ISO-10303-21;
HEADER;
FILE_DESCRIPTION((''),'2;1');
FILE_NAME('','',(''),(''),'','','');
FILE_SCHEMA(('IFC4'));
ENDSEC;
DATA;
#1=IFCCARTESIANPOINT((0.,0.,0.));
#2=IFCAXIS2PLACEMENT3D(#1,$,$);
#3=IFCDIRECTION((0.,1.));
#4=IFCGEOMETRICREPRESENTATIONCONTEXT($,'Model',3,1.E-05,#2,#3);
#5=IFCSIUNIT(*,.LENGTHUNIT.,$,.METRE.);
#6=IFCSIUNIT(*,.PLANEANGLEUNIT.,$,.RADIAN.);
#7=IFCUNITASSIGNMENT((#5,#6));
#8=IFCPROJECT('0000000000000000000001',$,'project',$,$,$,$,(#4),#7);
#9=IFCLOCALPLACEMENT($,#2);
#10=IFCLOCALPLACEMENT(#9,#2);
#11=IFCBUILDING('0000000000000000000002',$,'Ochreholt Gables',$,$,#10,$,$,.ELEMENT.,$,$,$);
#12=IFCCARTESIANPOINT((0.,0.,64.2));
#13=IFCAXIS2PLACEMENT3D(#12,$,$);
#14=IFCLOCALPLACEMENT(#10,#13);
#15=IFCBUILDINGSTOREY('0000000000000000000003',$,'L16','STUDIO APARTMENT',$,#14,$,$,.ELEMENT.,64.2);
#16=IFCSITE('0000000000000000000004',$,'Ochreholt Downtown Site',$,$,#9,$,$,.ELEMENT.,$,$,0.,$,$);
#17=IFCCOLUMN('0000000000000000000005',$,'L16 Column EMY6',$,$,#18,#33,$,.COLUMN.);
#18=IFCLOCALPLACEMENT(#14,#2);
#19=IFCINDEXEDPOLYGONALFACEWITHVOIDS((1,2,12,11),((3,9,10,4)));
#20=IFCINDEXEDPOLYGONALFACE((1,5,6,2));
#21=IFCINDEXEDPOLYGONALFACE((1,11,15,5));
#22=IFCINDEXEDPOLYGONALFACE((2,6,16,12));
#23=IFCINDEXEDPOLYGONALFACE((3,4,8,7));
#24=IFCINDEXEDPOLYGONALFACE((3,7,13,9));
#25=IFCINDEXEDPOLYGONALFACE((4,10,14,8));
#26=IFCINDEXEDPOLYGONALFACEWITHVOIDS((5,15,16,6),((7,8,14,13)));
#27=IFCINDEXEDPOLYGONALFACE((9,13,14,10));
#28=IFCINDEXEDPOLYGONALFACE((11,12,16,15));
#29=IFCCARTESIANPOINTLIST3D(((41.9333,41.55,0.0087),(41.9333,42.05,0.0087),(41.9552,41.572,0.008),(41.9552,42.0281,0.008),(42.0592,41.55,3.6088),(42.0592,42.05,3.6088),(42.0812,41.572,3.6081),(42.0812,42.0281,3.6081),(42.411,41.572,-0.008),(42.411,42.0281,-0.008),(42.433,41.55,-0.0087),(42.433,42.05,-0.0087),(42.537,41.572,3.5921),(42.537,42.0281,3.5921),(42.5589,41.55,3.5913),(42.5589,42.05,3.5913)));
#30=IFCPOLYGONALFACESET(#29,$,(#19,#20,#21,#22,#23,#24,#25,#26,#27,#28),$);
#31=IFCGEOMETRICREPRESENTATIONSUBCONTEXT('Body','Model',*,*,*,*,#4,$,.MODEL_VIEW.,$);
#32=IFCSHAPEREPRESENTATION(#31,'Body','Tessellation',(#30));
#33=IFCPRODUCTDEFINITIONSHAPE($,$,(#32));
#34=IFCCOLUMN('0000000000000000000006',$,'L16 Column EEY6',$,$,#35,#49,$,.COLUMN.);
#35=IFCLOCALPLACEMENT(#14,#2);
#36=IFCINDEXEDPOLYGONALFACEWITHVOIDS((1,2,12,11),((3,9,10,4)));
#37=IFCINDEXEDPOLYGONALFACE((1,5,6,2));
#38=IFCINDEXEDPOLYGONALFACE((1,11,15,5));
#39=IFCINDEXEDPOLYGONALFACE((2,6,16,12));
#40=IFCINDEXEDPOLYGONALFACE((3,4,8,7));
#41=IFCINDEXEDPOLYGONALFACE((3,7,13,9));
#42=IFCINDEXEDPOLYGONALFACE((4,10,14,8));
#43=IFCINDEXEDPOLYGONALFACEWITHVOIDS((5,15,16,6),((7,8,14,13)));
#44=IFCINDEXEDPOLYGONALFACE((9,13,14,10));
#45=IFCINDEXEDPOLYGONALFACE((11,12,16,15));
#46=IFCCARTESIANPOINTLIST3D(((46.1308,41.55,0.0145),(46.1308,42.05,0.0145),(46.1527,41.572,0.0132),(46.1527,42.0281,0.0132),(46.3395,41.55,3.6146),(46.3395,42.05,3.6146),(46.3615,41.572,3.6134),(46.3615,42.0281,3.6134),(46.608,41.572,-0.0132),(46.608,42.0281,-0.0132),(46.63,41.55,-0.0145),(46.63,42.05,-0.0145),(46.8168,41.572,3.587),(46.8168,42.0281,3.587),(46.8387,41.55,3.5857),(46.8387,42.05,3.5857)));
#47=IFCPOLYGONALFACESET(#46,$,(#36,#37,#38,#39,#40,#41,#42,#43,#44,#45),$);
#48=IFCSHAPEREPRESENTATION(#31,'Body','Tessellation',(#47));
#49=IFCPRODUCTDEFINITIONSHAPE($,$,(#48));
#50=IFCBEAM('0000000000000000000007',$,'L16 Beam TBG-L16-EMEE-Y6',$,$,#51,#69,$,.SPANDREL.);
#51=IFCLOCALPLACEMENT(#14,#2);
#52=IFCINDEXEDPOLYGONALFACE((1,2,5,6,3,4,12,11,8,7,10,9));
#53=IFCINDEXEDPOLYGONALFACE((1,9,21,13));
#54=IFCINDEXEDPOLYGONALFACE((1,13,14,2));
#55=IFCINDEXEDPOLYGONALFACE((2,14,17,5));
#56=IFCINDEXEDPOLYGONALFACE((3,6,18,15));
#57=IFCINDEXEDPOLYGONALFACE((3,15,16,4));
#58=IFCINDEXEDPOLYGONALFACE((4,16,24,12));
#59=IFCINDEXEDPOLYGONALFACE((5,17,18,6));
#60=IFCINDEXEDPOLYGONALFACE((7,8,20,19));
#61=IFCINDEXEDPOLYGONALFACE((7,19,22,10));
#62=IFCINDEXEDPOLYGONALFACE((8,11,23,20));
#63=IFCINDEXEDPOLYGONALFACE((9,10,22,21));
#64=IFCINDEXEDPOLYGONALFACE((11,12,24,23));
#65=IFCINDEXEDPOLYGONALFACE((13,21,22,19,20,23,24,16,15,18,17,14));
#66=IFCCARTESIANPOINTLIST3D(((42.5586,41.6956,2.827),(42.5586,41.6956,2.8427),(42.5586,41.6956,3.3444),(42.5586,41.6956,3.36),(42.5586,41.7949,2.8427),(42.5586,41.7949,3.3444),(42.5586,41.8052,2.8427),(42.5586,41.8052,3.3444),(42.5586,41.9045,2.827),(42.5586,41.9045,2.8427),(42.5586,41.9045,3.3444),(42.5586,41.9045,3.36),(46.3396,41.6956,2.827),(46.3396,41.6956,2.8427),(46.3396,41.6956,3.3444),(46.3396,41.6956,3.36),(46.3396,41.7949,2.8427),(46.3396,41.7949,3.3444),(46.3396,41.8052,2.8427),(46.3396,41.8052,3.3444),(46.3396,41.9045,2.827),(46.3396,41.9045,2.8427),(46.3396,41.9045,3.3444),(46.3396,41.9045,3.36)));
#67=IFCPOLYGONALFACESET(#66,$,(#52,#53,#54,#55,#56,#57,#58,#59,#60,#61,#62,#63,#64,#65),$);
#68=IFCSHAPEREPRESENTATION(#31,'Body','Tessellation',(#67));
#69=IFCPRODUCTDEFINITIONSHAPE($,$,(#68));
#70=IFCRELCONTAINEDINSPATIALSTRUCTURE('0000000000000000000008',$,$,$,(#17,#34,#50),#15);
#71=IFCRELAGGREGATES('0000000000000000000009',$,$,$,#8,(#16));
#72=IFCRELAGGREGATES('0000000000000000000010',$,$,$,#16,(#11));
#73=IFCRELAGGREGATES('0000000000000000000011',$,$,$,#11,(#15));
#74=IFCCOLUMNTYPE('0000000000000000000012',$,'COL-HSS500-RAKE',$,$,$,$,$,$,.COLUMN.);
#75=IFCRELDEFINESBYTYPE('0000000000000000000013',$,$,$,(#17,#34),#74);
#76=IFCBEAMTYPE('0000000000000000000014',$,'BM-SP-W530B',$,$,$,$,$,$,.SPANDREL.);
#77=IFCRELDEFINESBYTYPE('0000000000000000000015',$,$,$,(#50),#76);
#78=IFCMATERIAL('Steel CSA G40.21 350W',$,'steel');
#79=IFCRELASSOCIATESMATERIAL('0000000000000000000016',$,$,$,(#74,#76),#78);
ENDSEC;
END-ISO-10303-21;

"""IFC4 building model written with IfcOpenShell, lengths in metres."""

from ifc_helpers import new_model, si_unit, direction, frame, origin, origin_2d, place, context, subcontext, project, spatial, hollow_rectangle, i_section, extrude, material, material_profile, profile_set, type_object, element, save


model = new_model("IFC4")

# Units and contexts
model_context = context("Model", 3, precision=1e-05, world=origin(), true_north=direction((0.0, 1.0)))
body_context = subcontext(model_context, "Body", "Model", "MODEL_VIEW")
ifc_project = project(units=[si_unit("LENGTHUNIT", "METRE"), si_unit("PLANEANGLEUNIT", "RADIAN")], contexts=[model_context])

# Site, building, storey
site_placement = place(None, origin())
site = spatial("IfcSite", under=ifc_project, at=site_placement, Name="Ochreholt Downtown Site", CompositionType="ELEMENT", RefElevation=0.0)
building_placement = place(site_placement, origin())
building = spatial("IfcBuilding", under=site, at=building_placement, Name="Ochreholt Gables", CompositionType="ELEMENT")
storey_placement = place(building_placement, frame((0.0, 0.0, 64.2)))
storey = spatial("IfcBuildingStorey", under=building, at=storey_placement, Name="L16", Description="STUDIO APARTMENT", CompositionType="ELEMENT", Elevation=64.2)

# Columns
ifc_material_1 = material(Name="Steel CSA G40.21 350W", Category="steel")
ifc_material_profile_1 = material_profile(ifc_material_1, hollow_rectangle(XDim=0.5, YDim=0.5, WallThickness=0.022, at=origin_2d()), Name="HSS500X500X22")
ifc_profile_set_1 = profile_set([ifc_material_profile_1], Name="Steel CSA G40.21 350W")
column_type = type_object("IfcColumnType", Name="COL-HSS500-RAKE", PredefinedType="COLUMN", material=ifc_profile_set_1)
column_1_placement = place(storey_placement, frame((42.1831, 41.8, 0.0), z_axis=(0.034971, 0.0, 0.999388), x_axis=(0.0, 1.0, 0.0)))
element("IfcColumn", 1, at=column_1_placement, inside=storey, type_object=column_type, Name="L16 Column EMY6", PredefinedType="COLUMN", context=body_context, shape_type="SweptSolid", body=[
    extrude(hollow_rectangle(XDim=0.5, YDim=0.5, WallThickness=0.022, at=origin_2d()), origin(), (0.0, 0.0, 1.0), 3.6023),
])
column_2_placement = place(storey_placement, frame((46.3804, 41.8, 0.0), z_axis=(0.057885, 0.0, 0.998323), x_axis=(0.0, 1.0, 0.0)))
element("IfcColumn", 2, at=column_2_placement, inside=storey, type_object=column_type, Name="L16 Column EEY6", PredefinedType="COLUMN", context=body_context, shape_type="SweptSolid", body=[
    extrude(hollow_rectangle(XDim=0.5, YDim=0.5, WallThickness=0.022, at=origin_2d()), origin(), (0.0, 0.0, 1.0), 3.6062),
])

# Beam
ifc_material_profile_2 = material_profile(ifc_material_1, i_section(OverallWidth=0.209, OverallDepth=0.533, WebThickness=0.0103, FlangeThickness=0.0156, at=origin_2d()), Name="W530X92")
ifc_profile_set_2 = profile_set([ifc_material_profile_2], Name="Steel CSA G40.21 350W")
beam_type = type_object("IfcBeamType", Name="BM-SP-W530B", PredefinedType="SPANDREL", material=ifc_profile_set_2)
beam_placement = place(storey_placement, frame((42.5586, 41.8, 3.0935), z_axis=(1.0, 0.0, 0.0), x_axis=(0.0, 1.0, 0.0)))
element("IfcBeam", 3, at=beam_placement, inside=storey, type_object=beam_type, Name="L16 Beam TBG-L16-EMEE-Y6", PredefinedType="SPANDREL", context=body_context, shape_type="SweptSolid", body=[
    extrude(i_section(OverallWidth=0.209, OverallDepth=0.533, WebThickness=0.0103, FlangeThickness=0.0156, at=origin_2d()), origin(), (0.0, 0.0, 1.0), 3.781),
])

save(model, "model.ifc")
